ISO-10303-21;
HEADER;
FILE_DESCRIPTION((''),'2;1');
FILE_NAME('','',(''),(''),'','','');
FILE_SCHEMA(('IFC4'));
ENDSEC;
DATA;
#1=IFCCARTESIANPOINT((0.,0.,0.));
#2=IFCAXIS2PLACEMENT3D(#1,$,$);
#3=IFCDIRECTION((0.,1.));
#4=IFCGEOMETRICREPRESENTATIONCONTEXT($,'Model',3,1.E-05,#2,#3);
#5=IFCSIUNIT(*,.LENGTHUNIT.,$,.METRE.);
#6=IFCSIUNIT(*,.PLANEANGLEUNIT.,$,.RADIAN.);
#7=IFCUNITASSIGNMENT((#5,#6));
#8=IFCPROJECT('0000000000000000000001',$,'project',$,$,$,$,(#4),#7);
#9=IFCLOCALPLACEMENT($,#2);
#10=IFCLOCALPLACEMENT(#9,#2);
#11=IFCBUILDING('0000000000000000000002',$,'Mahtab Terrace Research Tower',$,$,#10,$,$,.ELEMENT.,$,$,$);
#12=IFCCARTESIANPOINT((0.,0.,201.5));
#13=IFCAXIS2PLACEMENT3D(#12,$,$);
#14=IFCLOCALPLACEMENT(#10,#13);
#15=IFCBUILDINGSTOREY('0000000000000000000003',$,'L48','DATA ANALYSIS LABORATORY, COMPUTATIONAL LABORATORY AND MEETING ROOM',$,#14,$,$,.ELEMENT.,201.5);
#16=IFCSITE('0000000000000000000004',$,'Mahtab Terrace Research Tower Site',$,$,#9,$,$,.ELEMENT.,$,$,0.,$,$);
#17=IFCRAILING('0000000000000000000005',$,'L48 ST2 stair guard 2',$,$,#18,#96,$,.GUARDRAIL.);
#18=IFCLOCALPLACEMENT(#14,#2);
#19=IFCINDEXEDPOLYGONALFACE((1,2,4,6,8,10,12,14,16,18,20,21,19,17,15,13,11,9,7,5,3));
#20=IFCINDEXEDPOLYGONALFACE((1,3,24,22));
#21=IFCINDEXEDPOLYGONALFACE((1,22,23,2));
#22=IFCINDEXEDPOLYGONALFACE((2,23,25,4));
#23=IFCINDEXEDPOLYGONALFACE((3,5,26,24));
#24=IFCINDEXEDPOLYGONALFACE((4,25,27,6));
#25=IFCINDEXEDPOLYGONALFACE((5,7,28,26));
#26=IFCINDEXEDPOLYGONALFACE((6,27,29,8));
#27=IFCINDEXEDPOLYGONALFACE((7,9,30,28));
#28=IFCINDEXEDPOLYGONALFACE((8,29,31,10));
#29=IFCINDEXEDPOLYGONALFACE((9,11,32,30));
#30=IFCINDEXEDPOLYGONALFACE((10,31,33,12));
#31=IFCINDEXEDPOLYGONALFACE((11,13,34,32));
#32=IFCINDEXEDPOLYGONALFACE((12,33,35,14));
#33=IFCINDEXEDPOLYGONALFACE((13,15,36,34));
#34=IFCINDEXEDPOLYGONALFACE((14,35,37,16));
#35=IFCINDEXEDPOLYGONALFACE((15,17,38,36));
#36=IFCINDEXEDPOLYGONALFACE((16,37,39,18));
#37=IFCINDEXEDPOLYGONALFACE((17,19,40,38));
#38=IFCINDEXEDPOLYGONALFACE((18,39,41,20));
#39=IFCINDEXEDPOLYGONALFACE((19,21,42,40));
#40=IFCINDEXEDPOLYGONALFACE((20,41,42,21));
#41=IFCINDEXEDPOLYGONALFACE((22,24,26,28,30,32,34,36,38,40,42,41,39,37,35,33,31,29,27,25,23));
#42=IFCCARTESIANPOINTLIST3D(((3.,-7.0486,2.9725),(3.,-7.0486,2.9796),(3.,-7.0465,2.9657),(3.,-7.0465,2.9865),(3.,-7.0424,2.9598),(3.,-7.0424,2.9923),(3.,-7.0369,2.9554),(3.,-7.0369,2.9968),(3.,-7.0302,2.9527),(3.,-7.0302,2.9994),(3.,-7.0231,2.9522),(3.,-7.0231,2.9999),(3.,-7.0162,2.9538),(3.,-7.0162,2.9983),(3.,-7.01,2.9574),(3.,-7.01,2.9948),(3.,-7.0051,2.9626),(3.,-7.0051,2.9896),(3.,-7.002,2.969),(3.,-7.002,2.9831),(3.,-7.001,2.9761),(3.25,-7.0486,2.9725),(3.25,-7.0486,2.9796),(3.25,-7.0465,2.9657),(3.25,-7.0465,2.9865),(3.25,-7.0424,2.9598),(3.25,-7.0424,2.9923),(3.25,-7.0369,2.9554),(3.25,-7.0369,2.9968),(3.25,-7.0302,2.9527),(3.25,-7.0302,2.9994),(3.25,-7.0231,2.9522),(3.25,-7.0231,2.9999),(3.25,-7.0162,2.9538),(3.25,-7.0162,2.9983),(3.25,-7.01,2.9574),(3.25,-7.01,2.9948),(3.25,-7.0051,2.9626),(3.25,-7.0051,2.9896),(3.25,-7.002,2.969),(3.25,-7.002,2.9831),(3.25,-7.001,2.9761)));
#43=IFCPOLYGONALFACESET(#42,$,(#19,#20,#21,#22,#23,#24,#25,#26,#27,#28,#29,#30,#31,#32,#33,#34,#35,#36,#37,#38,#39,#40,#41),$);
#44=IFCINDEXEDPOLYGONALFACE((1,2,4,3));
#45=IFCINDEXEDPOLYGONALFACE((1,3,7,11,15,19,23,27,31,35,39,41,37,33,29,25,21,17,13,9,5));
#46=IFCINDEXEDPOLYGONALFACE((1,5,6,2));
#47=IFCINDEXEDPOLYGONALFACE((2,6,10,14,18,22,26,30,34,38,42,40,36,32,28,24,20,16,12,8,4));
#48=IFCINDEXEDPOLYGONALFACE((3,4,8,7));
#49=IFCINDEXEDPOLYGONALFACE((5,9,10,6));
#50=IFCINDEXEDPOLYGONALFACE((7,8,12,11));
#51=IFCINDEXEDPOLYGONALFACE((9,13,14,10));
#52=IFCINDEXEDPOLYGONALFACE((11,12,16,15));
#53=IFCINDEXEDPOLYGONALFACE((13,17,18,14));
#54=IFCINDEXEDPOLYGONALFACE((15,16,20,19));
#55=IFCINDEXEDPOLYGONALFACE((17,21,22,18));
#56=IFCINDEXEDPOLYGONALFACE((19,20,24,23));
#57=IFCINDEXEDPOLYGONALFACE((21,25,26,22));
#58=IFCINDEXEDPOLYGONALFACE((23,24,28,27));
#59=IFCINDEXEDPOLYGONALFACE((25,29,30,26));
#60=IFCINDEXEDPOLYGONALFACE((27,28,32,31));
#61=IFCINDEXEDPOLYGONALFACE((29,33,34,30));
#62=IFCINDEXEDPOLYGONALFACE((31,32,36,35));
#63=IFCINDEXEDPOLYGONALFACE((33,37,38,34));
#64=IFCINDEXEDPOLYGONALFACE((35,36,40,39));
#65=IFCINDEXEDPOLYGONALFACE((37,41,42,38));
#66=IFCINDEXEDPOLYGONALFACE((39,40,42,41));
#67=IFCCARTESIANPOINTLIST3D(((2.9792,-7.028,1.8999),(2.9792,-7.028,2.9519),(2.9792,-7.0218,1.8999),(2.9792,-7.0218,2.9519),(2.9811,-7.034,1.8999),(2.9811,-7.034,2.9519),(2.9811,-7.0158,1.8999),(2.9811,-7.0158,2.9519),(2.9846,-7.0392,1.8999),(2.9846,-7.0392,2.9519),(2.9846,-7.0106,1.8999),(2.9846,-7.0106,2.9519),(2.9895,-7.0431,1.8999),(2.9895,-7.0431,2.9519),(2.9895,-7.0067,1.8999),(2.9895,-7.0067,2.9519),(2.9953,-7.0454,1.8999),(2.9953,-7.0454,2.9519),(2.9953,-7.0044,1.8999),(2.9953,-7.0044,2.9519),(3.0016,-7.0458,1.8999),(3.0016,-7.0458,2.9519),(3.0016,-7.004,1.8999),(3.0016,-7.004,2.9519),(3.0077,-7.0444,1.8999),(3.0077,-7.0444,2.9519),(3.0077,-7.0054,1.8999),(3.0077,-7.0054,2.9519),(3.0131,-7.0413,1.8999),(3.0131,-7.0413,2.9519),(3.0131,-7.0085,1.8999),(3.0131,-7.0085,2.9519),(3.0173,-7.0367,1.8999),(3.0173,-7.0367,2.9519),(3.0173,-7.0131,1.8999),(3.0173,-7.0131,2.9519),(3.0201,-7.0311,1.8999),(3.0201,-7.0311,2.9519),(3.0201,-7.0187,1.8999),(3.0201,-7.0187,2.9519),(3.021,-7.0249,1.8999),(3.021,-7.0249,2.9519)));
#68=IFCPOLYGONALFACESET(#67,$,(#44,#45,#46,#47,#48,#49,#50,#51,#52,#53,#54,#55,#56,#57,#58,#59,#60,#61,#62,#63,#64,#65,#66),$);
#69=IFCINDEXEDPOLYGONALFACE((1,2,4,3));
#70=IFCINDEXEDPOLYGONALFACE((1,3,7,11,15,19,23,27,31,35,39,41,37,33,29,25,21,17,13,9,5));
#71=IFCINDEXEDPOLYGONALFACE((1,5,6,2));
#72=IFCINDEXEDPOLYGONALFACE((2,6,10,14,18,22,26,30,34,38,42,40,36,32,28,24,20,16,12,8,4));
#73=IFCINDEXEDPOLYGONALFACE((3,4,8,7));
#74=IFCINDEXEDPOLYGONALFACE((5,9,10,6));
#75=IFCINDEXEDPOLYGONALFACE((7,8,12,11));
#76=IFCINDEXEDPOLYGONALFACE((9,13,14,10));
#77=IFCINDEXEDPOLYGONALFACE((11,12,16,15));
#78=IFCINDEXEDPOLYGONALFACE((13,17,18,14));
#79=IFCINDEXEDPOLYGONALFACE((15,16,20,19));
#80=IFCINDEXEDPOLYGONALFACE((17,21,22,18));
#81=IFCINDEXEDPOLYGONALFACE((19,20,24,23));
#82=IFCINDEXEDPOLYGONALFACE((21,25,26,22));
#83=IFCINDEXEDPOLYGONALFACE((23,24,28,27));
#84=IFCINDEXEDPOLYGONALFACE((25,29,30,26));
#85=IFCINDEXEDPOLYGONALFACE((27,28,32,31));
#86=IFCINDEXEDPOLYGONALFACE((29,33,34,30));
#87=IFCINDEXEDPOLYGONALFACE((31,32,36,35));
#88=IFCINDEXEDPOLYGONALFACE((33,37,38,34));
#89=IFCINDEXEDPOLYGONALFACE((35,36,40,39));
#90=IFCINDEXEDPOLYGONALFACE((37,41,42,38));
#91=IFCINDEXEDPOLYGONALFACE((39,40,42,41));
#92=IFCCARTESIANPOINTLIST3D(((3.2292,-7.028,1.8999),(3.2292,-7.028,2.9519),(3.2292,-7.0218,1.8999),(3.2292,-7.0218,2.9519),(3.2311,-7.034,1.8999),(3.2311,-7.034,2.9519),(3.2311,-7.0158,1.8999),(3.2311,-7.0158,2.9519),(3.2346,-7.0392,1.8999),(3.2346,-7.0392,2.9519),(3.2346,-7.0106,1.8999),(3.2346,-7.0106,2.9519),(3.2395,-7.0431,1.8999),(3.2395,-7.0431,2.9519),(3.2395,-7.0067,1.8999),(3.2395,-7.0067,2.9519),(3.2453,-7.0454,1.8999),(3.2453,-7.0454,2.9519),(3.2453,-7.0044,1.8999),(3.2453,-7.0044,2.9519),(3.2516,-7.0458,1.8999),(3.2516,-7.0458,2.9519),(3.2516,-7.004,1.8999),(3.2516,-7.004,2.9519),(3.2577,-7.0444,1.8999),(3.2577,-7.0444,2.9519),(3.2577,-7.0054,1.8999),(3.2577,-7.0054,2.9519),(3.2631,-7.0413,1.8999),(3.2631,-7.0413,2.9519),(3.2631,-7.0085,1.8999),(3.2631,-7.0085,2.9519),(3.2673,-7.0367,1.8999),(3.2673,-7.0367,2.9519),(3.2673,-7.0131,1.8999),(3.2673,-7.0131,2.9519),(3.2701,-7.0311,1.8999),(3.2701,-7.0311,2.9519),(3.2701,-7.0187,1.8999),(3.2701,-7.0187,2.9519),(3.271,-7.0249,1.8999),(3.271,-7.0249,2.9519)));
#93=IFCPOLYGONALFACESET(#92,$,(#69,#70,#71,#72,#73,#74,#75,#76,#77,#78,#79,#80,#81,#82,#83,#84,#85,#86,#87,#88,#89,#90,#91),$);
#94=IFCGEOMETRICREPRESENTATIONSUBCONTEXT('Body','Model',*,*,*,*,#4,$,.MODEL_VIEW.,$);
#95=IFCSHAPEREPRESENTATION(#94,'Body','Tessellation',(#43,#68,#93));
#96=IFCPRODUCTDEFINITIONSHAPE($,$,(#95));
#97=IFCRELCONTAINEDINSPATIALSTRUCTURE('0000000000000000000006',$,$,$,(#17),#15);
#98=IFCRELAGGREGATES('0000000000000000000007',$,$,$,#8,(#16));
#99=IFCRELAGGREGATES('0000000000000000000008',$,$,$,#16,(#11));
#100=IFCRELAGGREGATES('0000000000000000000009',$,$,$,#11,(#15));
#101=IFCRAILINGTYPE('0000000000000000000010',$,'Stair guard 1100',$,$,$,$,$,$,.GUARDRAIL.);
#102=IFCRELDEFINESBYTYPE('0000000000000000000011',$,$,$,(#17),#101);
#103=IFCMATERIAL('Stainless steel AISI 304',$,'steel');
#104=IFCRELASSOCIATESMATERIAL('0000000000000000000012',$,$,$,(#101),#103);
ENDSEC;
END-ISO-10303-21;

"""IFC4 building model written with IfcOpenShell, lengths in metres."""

from ifc_helpers import new_model, si_unit, direction, frame, origin, origin_2d, place, context, subcontext, project, spatial, circle, extrude, material, type_object, element, save


model = new_model("IFC4")

# Units and contexts
model_context = context("Model", 3, precision=1e-05, world=origin(), true_north=direction((0.0, 1.0)))
body_context = subcontext(model_context, "Body", "Model", "MODEL_VIEW")
ifc_project = project(units=[si_unit("LENGTHUNIT", "METRE"), si_unit("PLANEANGLEUNIT", "RADIAN")], contexts=[model_context])

# Site, building, storey
site_placement = place(None, origin())
site = spatial("IfcSite", under=ifc_project, at=site_placement, Name="Mahtab Terrace Research Tower Site", CompositionType="ELEMENT", RefElevation=0.0)
building_placement = place(site_placement, origin())
building = spatial("IfcBuilding", under=site, at=building_placement, Name="Mahtab Terrace Research Tower", CompositionType="ELEMENT")
storey_placement = place(building_placement, frame((0.0, 0.0, 201.5)))
storey = spatial("IfcBuildingStorey", under=building, at=storey_placement, Name="L48", Description="DATA ANALYSIS LABORATORY, COMPUTATIONAL LABORATORY AND MEETING ROOM", CompositionType="ELEMENT", Elevation=201.5)

# Railing
ifc_material_1 = material(Name="Stainless steel AISI 304", Category="steel")
railing_type_1 = type_object("IfcRailingType", Name="Stair guard 1100", PredefinedType="GUARDRAIL", material=ifc_material_1)
railing_1_placement = place(storey_placement, frame((3.0, -7.0249, 1.8999)))
element("IfcRailing", 1, at=railing_1_placement, inside=storey, type_object=railing_type_1, Name="L48 ST2 stair guard 2", PredefinedType="GUARDRAIL", context=body_context, shape_type="SweptSolid", body=[
    extrude(circle(Radius=0.0239, at=origin_2d()), frame((0.0, 0.0, 1.0762), z_axis=(1.0, 0.0, 0.0), x_axis=(0.0, 1.0, 0.0)), (0.0, 0.0, 1.0), 0.25),
    extrude(circle(Radius=0.021, at=origin_2d()), origin(), (0.0, 0.0, 1.0), 1.052),
    extrude(circle(Radius=0.021, at=origin_2d()), frame((0.25, 0.0, 0.0)), (0.0, 0.0, 1.0), 1.052),
])

save(model, "model.ifc")
